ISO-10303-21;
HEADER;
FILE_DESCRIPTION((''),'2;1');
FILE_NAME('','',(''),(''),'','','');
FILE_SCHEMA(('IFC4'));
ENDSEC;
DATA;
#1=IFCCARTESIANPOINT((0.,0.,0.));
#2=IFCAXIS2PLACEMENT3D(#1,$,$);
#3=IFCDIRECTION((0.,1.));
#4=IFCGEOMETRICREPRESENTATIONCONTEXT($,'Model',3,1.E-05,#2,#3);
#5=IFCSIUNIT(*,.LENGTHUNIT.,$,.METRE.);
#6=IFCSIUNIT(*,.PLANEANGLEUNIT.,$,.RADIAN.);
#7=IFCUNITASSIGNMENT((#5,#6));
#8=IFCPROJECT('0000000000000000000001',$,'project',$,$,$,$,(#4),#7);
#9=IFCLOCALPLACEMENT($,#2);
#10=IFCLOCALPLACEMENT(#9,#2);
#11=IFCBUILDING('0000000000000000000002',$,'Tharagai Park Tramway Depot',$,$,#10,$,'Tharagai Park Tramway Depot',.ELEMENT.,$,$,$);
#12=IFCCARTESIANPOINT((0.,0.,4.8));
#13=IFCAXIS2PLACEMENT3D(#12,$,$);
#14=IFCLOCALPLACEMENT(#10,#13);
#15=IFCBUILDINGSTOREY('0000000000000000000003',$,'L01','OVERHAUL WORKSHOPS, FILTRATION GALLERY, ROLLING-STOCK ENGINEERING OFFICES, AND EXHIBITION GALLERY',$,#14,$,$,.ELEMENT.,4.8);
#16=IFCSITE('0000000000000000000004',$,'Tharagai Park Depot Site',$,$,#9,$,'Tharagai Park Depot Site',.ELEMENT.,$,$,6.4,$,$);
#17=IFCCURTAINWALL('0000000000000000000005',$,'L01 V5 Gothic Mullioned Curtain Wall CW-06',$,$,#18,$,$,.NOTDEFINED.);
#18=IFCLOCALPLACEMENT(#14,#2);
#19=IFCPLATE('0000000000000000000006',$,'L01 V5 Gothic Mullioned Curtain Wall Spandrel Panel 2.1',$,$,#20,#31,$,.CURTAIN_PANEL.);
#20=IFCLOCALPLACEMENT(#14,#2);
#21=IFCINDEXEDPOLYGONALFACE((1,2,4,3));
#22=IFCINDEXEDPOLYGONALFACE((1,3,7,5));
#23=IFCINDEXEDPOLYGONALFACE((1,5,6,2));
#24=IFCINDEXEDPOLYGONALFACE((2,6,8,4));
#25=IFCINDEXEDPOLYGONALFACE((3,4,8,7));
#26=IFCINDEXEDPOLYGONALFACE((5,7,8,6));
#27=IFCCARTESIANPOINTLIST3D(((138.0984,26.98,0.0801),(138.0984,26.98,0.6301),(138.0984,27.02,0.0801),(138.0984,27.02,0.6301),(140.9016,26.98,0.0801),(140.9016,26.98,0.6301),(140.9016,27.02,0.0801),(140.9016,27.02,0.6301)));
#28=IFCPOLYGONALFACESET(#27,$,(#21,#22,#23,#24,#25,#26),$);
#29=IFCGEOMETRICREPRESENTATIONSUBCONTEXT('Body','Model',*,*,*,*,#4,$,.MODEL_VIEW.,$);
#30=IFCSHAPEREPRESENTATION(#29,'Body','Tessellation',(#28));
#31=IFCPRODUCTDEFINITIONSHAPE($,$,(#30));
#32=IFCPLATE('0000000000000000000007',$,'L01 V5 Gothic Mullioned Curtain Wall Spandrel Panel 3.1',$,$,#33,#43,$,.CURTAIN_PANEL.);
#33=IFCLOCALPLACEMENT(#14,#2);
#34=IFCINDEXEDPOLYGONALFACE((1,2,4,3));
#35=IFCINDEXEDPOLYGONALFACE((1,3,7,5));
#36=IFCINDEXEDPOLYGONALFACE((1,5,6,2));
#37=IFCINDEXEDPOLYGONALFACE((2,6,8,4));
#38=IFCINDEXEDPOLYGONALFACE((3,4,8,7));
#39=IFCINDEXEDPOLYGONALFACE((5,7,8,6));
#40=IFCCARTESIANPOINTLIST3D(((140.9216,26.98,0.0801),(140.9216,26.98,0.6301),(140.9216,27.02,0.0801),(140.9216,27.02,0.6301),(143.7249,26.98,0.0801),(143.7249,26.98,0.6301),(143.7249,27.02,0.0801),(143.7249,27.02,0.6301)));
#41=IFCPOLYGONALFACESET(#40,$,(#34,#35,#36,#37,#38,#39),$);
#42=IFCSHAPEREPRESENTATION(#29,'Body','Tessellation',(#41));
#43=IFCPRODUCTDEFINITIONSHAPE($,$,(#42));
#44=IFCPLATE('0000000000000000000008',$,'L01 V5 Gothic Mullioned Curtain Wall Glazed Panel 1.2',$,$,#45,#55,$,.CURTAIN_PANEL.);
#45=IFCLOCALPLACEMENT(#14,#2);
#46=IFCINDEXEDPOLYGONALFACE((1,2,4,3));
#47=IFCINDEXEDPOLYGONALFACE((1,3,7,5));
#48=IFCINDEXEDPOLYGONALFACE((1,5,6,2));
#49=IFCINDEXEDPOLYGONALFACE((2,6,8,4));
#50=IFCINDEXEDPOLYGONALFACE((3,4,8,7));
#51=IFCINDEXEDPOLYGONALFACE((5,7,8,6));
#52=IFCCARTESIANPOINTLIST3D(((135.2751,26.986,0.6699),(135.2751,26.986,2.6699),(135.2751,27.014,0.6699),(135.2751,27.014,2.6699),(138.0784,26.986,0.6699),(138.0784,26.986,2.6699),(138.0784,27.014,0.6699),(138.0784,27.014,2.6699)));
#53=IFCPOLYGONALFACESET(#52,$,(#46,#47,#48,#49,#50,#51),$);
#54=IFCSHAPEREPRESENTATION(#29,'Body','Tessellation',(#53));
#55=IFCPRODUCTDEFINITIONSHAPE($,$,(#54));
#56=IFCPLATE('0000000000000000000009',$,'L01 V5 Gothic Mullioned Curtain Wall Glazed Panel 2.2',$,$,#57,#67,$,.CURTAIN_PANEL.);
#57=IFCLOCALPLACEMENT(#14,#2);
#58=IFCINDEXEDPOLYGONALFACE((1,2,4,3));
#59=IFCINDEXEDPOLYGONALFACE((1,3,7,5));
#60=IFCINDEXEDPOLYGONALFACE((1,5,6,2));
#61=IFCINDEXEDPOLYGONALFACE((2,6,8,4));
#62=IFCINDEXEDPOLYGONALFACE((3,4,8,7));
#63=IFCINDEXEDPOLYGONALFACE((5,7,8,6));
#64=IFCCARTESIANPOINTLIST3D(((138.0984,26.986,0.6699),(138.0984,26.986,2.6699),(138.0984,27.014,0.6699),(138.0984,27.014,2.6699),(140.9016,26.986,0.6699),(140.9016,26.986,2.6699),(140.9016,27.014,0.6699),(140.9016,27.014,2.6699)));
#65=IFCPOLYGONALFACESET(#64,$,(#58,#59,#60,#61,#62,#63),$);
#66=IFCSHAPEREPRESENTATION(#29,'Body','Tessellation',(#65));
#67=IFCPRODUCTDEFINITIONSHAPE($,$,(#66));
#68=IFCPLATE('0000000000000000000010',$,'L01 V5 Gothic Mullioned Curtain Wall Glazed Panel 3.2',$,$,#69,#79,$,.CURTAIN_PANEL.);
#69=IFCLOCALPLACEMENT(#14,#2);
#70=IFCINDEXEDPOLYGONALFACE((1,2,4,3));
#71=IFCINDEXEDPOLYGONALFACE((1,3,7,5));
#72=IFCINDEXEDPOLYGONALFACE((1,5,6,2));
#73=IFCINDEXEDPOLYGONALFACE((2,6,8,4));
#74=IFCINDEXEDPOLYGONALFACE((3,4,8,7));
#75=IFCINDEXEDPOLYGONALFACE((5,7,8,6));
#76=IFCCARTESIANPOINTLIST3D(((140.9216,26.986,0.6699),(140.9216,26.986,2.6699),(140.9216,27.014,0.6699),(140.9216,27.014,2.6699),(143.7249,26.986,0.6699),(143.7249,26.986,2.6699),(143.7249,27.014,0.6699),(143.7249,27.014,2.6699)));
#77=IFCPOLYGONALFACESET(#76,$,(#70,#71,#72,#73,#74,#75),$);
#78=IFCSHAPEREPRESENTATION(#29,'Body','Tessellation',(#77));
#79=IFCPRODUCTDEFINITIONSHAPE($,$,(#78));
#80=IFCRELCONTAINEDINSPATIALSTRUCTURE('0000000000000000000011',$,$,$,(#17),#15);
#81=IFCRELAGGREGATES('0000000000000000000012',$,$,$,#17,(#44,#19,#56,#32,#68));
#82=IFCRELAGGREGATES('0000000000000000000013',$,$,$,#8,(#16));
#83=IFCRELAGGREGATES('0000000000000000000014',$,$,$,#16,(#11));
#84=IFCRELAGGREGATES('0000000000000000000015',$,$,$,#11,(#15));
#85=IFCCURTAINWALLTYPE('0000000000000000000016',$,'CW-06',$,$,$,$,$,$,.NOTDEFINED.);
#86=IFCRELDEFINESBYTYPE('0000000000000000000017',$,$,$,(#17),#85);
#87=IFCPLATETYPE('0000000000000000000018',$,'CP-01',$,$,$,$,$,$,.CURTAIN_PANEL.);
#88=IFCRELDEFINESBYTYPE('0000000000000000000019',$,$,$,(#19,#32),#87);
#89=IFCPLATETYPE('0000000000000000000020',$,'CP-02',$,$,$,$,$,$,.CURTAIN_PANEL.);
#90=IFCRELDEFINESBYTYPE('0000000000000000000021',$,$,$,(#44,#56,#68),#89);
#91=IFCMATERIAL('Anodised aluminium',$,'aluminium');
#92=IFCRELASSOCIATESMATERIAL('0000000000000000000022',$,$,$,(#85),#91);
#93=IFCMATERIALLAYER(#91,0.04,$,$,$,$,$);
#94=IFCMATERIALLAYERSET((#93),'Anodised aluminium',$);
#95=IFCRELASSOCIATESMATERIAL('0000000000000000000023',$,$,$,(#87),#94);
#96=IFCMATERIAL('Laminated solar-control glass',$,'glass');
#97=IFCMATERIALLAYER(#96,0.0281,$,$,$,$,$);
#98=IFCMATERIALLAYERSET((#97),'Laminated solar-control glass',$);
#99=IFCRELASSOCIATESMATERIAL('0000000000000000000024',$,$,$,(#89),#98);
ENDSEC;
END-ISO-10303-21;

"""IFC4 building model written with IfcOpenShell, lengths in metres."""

from ifc_helpers import new_model, si_unit, direction, frame, origin, origin_2d, place, context, subcontext, project, spatial, rectangle, extrude, material, layer, layer_set, type_object, element, aggregate, save


model = new_model("IFC4")

# Units and contexts
model_context = context("Model", 3, precision=1e-05, world=origin(), true_north=direction((0.0, 1.0)))
body_context = subcontext(model_context, "Body", "Model", "MODEL_VIEW")
ifc_project = project(units=[si_unit("LENGTHUNIT", "METRE"), si_unit("PLANEANGLEUNIT", "RADIAN")], contexts=[model_context])

# Site, building, storey
site_placement = place(None, origin())
site = spatial("IfcSite", under=ifc_project, at=site_placement, Name="Tharagai Park Depot Site", LongName="Tharagai Park Depot Site", CompositionType="ELEMENT", RefElevation=6.4)
building_placement = place(site_placement, origin())
building = spatial("IfcBuilding", under=site, at=building_placement, Name="Tharagai Park Tramway Depot", LongName="Tharagai Park Tramway Depot", CompositionType="ELEMENT")
storey_placement = place(building_placement, frame((0.0, 0.0, 4.8)))
storey = spatial("IfcBuildingStorey", under=building, at=storey_placement, Name="L01", Description="OVERHAUL WORKSHOPS, FILTRATION GALLERY, ROLLING-STOCK ENGINEERING OFFICES, AND EXHIBITION GALLERY", CompositionType="ELEMENT", Elevation=4.8)

# Curtain wall, plates
ifc_material_1 = material(Name="Anodised aluminium", Category="aluminium")
curtain_wall_type = type_object("IfcCurtainWallType", Name="CW-06", PredefinedType="NOTDEFINED", material=ifc_material_1)
curtain_wall_placement = place(storey_placement, origin())
curtain_wall = element("IfcCurtainWall", 1, at=curtain_wall_placement, inside=storey, type_object=curtain_wall_type, Name="L01 V5 Gothic Mullioned Curtain Wall CW-06", PredefinedType="NOTDEFINED")
ifc_layer_1 = layer(ifc_material_1, 0.04)
ifc_layer_set_1 = layer_set([ifc_layer_1], Name="Anodised aluminium")
plate_type_1 = type_object("IfcPlateType", Name="CP-01", PredefinedType="CURTAIN_PANEL", material=ifc_layer_set_1)
plate_1_placement = place(storey_placement, frame((139.5, 27.0, 0.0801), z_axis=(0.0, 0.0, 1.0), x_axis=(1.0, 0.0, 0.0)))
plate_1 = element("IfcPlate", 2, at=plate_1_placement, type_object=plate_type_1, Name="L01 V5 Gothic Mullioned Curtain Wall Spandrel Panel 2.1", PredefinedType="CURTAIN_PANEL", context=body_context, shape_type="SweptSolid", body=[
    extrude(rectangle(XDim=2.8032, YDim=0.04, at=origin_2d()), origin(), (0.0, 0.0, 1.0), 0.55),
])
plate_2_placement = place(storey_placement, frame((142.3232, 27.0, 0.0801), z_axis=(0.0, 0.0, 1.0), x_axis=(1.0, 0.0, 0.0)))
plate_2 = element("IfcPlate", 3, at=plate_2_placement, type_object=plate_type_1, Name="L01 V5 Gothic Mullioned Curtain Wall Spandrel Panel 3.1", PredefinedType="CURTAIN_PANEL", context=body_context, shape_type="SweptSolid", body=[
    extrude(rectangle(XDim=2.8032, YDim=0.04, at=origin_2d()), origin(), (0.0, 0.0, 1.0), 0.55),
])
ifc_material_2 = material(Name="Laminated solar-control glass", Category="glass")
ifc_layer_2 = layer(ifc_material_2, 0.0281)
ifc_layer_set_2 = layer_set([ifc_layer_2], Name="Laminated solar-control glass")
plate_type_2 = type_object("IfcPlateType", Name="CP-02", PredefinedType="CURTAIN_PANEL", material=ifc_layer_set_2)
plate_3_placement = place(storey_placement, frame((136.6768, 27.0, 0.6699), z_axis=(0.0, 0.0, 1.0), x_axis=(1.0, 0.0, 0.0)))
plate_3 = element("IfcPlate", 4, at=plate_3_placement, type_object=plate_type_2, Name="L01 V5 Gothic Mullioned Curtain Wall Glazed Panel 1.2", PredefinedType="CURTAIN_PANEL", context=body_context, shape_type="SweptSolid", body=[
    extrude(rectangle(XDim=2.8032, YDim=0.0281, at=origin_2d()), origin(), (0.0, 0.0, 1.0), 2.0),
])
plate_4_placement = place(storey_placement, frame((139.5, 27.0, 0.6699), z_axis=(0.0, 0.0, 1.0), x_axis=(1.0, 0.0, 0.0)))
plate_4 = element("IfcPlate", 5, at=plate_4_placement, type_object=plate_type_2, Name="L01 V5 Gothic Mullioned Curtain Wall Glazed Panel 2.2", PredefinedType="CURTAIN_PANEL", context=body_context, shape_type="SweptSolid", body=[
    extrude(rectangle(XDim=2.8032, YDim=0.0281, at=origin_2d()), origin(), (0.0, 0.0, 1.0), 2.0),
])
plate_5_placement = place(storey_placement, frame((142.3232, 27.0, 0.6699), z_axis=(0.0, 0.0, 1.0), x_axis=(1.0, 0.0, 0.0)))
plate_5 = element("IfcPlate", 6, at=plate_5_placement, type_object=plate_type_2, Name="L01 V5 Gothic Mullioned Curtain Wall Glazed Panel 3.2", PredefinedType="CURTAIN_PANEL", context=body_context, shape_type="SweptSolid", body=[
    extrude(rectangle(XDim=2.8032, YDim=0.0281, at=origin_2d()), origin(), (0.0, 0.0, 1.0), 2.0),
])
aggregate(curtain_wall, [plate_3, plate_1, plate_4, plate_2, plate_5])

save(model, "model.ifc")
